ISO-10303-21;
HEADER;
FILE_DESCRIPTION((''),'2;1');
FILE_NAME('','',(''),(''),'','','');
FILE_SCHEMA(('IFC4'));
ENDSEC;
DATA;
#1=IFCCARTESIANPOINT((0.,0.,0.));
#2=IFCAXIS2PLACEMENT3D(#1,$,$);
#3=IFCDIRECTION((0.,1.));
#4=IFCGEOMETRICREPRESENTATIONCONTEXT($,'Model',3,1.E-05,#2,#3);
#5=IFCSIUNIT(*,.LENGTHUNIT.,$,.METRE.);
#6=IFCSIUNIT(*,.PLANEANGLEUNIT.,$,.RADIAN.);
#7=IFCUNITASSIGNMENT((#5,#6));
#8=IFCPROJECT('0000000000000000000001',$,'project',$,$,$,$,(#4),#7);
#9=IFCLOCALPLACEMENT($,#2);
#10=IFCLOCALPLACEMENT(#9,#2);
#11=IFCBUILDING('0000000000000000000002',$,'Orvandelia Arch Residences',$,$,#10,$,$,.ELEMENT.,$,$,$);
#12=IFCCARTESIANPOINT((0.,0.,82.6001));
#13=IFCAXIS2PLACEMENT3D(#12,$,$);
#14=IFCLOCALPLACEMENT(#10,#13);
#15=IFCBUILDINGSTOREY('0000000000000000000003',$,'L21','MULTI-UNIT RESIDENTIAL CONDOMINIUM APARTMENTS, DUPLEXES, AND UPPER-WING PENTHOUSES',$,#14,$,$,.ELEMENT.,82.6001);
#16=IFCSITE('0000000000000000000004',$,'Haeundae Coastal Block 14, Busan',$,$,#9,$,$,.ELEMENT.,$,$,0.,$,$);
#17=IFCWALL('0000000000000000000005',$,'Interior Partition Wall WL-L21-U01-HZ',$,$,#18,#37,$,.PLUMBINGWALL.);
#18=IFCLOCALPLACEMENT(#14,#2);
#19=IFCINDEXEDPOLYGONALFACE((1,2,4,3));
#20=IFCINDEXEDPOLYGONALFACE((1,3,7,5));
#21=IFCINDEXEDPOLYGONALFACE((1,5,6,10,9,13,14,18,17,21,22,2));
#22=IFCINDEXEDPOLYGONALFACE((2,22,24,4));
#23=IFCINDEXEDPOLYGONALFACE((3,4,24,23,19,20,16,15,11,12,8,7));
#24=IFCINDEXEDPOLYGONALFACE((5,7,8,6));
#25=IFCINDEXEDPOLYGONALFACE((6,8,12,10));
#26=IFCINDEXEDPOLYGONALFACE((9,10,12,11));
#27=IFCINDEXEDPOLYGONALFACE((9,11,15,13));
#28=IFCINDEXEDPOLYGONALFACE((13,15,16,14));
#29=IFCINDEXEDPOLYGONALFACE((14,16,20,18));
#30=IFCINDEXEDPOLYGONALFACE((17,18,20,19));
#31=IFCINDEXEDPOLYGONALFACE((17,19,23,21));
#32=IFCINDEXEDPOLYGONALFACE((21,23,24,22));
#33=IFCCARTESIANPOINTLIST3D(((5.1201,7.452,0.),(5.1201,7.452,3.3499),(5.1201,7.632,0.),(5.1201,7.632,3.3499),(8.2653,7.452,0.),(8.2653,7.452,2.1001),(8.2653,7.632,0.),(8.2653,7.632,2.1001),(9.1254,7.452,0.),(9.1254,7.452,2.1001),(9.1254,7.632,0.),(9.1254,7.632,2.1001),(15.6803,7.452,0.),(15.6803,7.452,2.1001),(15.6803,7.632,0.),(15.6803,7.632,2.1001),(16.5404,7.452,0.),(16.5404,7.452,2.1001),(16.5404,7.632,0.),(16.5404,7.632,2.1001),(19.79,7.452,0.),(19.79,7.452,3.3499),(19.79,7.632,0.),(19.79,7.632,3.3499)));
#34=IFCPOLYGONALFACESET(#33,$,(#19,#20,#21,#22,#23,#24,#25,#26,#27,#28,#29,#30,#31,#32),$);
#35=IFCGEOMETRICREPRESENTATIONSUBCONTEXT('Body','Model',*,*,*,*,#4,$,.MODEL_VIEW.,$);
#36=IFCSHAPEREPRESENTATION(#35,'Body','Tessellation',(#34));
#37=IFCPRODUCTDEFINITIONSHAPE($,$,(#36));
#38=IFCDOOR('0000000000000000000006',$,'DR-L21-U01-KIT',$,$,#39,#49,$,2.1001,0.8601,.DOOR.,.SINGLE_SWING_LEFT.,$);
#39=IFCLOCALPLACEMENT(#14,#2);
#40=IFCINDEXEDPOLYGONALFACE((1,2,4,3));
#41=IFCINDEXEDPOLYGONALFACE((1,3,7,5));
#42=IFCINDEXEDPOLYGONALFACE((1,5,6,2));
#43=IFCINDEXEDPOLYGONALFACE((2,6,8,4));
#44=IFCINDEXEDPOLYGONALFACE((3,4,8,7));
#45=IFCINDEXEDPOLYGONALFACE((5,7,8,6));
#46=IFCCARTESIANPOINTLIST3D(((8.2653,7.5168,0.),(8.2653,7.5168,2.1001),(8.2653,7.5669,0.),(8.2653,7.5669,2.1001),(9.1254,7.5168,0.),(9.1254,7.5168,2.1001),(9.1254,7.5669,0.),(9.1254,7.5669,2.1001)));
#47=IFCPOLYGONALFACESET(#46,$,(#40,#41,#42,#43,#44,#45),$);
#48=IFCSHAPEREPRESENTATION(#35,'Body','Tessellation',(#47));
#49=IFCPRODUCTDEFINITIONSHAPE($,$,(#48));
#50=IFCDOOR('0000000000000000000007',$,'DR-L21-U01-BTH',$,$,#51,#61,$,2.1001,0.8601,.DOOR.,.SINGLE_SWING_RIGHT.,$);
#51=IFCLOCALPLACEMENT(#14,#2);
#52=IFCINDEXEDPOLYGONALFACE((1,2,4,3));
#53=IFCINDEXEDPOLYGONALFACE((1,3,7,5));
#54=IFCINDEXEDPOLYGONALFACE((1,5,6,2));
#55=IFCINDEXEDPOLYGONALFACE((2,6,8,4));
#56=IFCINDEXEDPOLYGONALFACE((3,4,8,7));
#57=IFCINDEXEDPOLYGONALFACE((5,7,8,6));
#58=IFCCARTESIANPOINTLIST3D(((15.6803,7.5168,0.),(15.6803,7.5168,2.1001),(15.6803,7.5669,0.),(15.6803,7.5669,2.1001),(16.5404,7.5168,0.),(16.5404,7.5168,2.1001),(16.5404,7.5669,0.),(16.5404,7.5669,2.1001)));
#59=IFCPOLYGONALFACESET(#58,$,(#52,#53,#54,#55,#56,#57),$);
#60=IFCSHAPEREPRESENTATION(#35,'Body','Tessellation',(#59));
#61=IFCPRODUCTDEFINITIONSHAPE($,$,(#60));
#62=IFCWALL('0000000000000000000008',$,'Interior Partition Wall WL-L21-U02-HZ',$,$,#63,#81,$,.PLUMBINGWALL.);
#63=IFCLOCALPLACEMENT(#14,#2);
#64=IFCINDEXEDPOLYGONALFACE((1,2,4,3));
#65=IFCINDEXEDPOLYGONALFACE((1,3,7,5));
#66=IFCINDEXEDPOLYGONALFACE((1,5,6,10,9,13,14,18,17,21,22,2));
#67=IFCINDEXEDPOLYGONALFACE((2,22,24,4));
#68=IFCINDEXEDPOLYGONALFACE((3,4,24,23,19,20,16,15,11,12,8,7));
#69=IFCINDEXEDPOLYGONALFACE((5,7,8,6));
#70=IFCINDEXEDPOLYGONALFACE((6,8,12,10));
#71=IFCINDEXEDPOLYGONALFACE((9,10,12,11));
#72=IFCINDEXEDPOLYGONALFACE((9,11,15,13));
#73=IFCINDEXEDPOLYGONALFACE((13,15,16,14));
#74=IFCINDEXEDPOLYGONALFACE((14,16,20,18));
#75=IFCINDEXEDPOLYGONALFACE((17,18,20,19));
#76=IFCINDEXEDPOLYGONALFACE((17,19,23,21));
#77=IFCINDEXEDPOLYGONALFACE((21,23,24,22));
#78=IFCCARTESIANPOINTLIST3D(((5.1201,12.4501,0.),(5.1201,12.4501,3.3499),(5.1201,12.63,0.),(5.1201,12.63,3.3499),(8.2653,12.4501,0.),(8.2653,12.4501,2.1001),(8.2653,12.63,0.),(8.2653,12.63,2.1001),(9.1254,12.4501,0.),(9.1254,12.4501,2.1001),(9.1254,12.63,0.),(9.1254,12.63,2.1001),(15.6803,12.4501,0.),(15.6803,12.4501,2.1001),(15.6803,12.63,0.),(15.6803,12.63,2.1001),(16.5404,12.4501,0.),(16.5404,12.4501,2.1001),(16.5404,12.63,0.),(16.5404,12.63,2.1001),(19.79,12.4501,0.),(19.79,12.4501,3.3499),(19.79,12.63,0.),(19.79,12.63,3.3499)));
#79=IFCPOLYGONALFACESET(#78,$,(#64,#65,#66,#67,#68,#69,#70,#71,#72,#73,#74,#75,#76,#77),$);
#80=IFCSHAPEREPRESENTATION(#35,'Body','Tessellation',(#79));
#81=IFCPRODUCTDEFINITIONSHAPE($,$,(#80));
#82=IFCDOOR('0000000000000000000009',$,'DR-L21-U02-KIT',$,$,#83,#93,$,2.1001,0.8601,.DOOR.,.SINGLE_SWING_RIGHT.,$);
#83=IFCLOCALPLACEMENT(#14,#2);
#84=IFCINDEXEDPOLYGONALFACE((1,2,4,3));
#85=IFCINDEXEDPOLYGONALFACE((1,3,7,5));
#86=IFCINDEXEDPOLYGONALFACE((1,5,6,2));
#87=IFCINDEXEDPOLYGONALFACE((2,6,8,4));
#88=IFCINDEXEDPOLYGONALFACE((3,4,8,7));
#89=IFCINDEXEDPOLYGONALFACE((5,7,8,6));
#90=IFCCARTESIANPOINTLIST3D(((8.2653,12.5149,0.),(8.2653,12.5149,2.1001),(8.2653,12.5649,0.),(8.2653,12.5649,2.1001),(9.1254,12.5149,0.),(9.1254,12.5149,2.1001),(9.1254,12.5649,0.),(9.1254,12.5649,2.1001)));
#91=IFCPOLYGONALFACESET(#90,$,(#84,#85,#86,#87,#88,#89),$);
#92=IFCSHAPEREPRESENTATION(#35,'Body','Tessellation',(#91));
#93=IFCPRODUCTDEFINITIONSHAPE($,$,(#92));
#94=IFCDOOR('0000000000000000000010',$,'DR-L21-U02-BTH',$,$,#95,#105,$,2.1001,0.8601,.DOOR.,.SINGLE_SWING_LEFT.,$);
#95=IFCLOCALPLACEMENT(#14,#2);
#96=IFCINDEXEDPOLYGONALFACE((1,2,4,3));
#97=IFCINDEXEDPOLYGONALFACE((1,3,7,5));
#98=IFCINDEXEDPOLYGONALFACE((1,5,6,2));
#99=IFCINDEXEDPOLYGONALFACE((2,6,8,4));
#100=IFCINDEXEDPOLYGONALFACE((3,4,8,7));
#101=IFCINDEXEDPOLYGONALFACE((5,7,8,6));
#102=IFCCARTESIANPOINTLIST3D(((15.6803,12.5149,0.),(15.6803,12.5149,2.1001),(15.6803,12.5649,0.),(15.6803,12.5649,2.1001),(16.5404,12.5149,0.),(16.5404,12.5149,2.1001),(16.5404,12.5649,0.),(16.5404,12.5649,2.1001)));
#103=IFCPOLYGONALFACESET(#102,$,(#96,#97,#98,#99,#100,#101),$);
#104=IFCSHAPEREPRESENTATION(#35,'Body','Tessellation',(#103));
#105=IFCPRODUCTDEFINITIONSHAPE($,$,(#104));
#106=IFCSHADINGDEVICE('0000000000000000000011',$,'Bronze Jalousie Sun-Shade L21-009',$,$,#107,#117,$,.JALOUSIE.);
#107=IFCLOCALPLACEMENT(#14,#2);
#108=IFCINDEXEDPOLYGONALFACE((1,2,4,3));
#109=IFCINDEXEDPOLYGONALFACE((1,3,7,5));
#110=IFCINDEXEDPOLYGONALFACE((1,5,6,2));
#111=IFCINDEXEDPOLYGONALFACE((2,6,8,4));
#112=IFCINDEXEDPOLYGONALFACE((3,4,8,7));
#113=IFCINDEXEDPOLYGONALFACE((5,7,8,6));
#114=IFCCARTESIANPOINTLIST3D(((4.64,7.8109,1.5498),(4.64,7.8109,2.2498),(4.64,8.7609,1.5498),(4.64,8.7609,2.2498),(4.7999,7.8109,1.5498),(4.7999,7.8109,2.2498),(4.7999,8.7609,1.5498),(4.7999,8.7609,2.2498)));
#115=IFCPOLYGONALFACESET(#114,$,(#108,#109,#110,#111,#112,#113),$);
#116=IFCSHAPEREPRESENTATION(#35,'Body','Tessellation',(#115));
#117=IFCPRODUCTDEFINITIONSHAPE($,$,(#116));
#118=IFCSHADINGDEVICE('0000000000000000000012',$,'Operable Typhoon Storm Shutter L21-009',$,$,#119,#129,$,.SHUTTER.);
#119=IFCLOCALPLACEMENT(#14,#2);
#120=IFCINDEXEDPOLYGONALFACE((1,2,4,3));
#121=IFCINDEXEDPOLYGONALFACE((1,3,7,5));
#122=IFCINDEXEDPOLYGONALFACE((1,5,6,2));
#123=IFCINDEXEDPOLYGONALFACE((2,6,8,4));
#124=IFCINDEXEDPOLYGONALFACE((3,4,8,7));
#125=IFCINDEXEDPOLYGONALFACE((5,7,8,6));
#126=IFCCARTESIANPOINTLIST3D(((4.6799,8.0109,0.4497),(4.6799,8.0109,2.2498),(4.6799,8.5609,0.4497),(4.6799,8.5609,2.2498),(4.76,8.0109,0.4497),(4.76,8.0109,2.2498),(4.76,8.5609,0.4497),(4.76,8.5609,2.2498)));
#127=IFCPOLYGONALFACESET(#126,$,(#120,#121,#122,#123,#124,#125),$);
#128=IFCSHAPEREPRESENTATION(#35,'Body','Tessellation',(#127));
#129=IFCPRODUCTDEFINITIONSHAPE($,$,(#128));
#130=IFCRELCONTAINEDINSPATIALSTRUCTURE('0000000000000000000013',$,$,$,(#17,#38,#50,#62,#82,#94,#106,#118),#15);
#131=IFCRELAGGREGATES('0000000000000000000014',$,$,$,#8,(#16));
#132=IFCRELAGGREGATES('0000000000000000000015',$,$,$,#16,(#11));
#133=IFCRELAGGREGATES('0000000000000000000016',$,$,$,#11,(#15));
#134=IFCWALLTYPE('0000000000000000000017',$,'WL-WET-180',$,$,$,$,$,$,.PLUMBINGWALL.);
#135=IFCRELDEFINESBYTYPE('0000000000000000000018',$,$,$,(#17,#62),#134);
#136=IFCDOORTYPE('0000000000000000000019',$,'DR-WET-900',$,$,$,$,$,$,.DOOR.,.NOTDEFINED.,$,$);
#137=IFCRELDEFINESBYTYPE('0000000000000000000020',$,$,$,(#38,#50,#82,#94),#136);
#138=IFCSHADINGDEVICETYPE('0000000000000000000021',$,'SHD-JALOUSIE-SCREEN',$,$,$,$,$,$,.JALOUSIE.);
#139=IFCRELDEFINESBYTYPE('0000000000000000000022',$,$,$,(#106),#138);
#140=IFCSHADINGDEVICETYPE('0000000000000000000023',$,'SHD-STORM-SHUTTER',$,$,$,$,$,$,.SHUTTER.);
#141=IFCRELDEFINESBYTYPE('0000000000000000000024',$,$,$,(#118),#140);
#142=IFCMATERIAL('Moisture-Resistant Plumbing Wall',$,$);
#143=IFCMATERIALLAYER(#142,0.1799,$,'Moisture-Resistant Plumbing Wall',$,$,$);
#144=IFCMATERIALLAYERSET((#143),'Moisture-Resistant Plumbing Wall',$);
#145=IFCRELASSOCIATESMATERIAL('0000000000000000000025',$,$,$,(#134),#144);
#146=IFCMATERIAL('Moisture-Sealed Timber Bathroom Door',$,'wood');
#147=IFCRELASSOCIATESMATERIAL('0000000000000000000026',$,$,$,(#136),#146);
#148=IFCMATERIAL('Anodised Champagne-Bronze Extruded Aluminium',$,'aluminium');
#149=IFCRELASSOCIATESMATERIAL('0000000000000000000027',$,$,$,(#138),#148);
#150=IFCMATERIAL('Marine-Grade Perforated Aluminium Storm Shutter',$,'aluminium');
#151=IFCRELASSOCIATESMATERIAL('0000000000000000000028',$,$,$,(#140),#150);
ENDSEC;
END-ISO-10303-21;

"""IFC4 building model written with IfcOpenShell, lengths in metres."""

from ifc_helpers import new_model, si_unit, direction, frame, frame_2d, origin, origin_2d, place, context, subcontext, project, spatial, rectangle, extrude, material, layer, layer_set, type_object, element, fill, save


model = new_model("IFC4")

# Units and contexts
model_context = context("Model", 3, precision=1e-05, world=origin(), true_north=direction((0.0, 1.0)))
body_context = subcontext(model_context, "Body", "Model", "MODEL_VIEW")
ifc_project = project(units=[si_unit("LENGTHUNIT", "METRE"), si_unit("PLANEANGLEUNIT", "RADIAN")], contexts=[model_context])

# Site, building, storey
site_placement = place(None, origin())
site = spatial("IfcSite", under=ifc_project, at=site_placement, Name="Haeundae Coastal Block 14, Busan", CompositionType="ELEMENT", RefElevation=0.0)
building_placement = place(site_placement, origin())
building = spatial("IfcBuilding", under=site, at=building_placement, Name="Orvandelia Arch Residences", CompositionType="ELEMENT")
storey_placement = place(building_placement, frame((0.0, 0.0, 82.6001)))
storey = spatial("IfcBuildingStorey", under=building, at=storey_placement, Name="L21", Description="MULTI-UNIT RESIDENTIAL CONDOMINIUM APARTMENTS, DUPLEXES, AND UPPER-WING PENTHOUSES", CompositionType="ELEMENT", Elevation=82.6001)

# Walls, openings, doors
ifc_material_1 = material(Name="Moisture-Resistant Plumbing Wall")
ifc_layer_1 = layer(ifc_material_1, 0.1799, Name="Moisture-Resistant Plumbing Wall")
ifc_layer_set_1 = layer_set([ifc_layer_1], Name="Moisture-Resistant Plumbing Wall")
wall_type_1 = type_object("IfcWallType", Name="WL-WET-180", PredefinedType="PLUMBINGWALL", material=ifc_layer_set_1)
wall_1_placement = place(storey_placement, frame((5.1201, 7.542, 0.0), z_axis=(0.0, 0.0, 1.0), x_axis=(1.0, 0.0, 0.0)))
wall_1 = element("IfcWall", 1, at=wall_1_placement, inside=storey, type_object=wall_type_1, Name="Interior Partition Wall WL-L21-U01-HZ", PredefinedType="PLUMBINGWALL", context=body_context, shape_type="SweptSolid", body=[
    extrude(rectangle(XDim=14.6699, YDim=0.1799, at=frame_2d((7.335, 0.0))), origin(), (0.0, 0.0, 1.0), 3.3499),
])
opening_1_placement = place(wall_1_placement, frame((3.145, 0.0, 0.0)))
opening_1 = element("IfcOpeningElement", 2, at=opening_1_placement, cuts=wall_1, PredefinedType="OPENING", context=body_context, shape_type="SweptSolid", body=[
    extrude(rectangle(XDim=0.8601, YDim=2.1001, at=frame_2d((0.4302, 1.05))), frame((0.0, 0.1001, 0.0), z_axis=(0.0, -1.0, 0.0), x_axis=(1.0, 0.0, 0.0)), (0.0, 0.0, 1.0), 0.2),
])
opening_2_placement = place(wall_1_placement, frame((10.5601, 0.0, 0.0)))
opening_2 = element("IfcOpeningElement", 3, at=opening_2_placement, cuts=wall_1, PredefinedType="OPENING", context=body_context, shape_type="SweptSolid", body=[
    extrude(rectangle(XDim=0.8601, YDim=2.1001, at=frame_2d((0.4302, 1.05))), frame((0.0, 0.1001, 0.0), z_axis=(0.0, -1.0, 0.0), x_axis=(1.0, 0.0, 0.0)), (0.0, 0.0, 1.0), 0.2),
])
ifc_material_2 = material(Name="Moisture-Sealed Timber Bathroom Door", Category="wood")
door_type_1 = type_object("IfcDoorType", Name="DR-WET-900", OperationType="NOTDEFINED", PredefinedType="DOOR", material=ifc_material_2)
door_1_placement = place(opening_1_placement, origin())
door_1 = element("IfcDoor", 4, at=door_1_placement, inside=storey, type_object=door_type_1, Name="DR-L21-U01-KIT", OperationType="SINGLE_SWING_LEFT", OverallHeight=2.1001, OverallWidth=0.8601, PredefinedType="DOOR", context=body_context, shape_type="SweptSolid", body=[
    extrude(rectangle(XDim=0.8601, YDim=2.1001, at=frame_2d((0.4302, 1.05))), frame((0.0, 0.0249, 0.0), z_axis=(0.0, -1.0, 0.0), x_axis=(1.0, 0.0, 0.0)), (0.0, 0.0, 1.0), 0.05),
])
fill(opening_1, door_1)
door_2_placement = place(opening_2_placement, origin())
door_2 = element("IfcDoor", 5, at=door_2_placement, inside=storey, type_object=door_type_1, Name="DR-L21-U01-BTH", OperationType="SINGLE_SWING_RIGHT", OverallHeight=2.1001, OverallWidth=0.8601, PredefinedType="DOOR", context=body_context, shape_type="SweptSolid", body=[
    extrude(rectangle(XDim=0.8601, YDim=2.1001, at=frame_2d((0.4302, 1.05))), frame((0.0, 0.0249, 0.0), z_axis=(0.0, -1.0, 0.0), x_axis=(1.0, 0.0, 0.0)), (0.0, 0.0, 1.0), 0.05),
])
fill(opening_2, door_2)
wall_2_placement = place(storey_placement, frame((5.1201, 12.54, 0.0), z_axis=(0.0, 0.0, 1.0), x_axis=(1.0, 0.0, 0.0)))
wall_2 = element("IfcWall", 6, at=wall_2_placement, inside=storey, type_object=wall_type_1, Name="Interior Partition Wall WL-L21-U02-HZ", PredefinedType="PLUMBINGWALL", context=body_context, shape_type="SweptSolid", body=[
    extrude(rectangle(XDim=14.6699, YDim=0.1799, at=frame_2d((7.335, 0.0))), origin(), (0.0, 0.0, 1.0), 3.3499),
])
opening_3_placement = place(wall_2_placement, frame((3.145, 0.0, 0.0)))
opening_3 = element("IfcOpeningElement", 7, at=opening_3_placement, cuts=wall_2, PredefinedType="OPENING", context=body_context, shape_type="SweptSolid", body=[
    extrude(rectangle(XDim=0.8601, YDim=2.1001, at=frame_2d((0.4302, 1.05))), frame((0.0, 0.1001, 0.0), z_axis=(0.0, -1.0, 0.0), x_axis=(1.0, 0.0, 0.0)), (0.0, 0.0, 1.0), 0.2),
])
opening_4_placement = place(wall_2_placement, frame((10.5601, 0.0, 0.0)))
opening_4 = element("IfcOpeningElement", 8, at=opening_4_placement, cuts=wall_2, PredefinedType="OPENING", context=body_context, shape_type="SweptSolid", body=[
    extrude(rectangle(XDim=0.8601, YDim=2.1001, at=frame_2d((0.4302, 1.05))), frame((0.0, 0.1001, 0.0), z_axis=(0.0, -1.0, 0.0), x_axis=(1.0, 0.0, 0.0)), (0.0, 0.0, 1.0), 0.2),
])
door_3_placement = place(opening_3_placement, origin())
door_3 = element("IfcDoor", 9, at=door_3_placement, inside=storey, type_object=door_type_1, Name="DR-L21-U02-KIT", OperationType="SINGLE_SWING_RIGHT", OverallHeight=2.1001, OverallWidth=0.8601, PredefinedType="DOOR", context=body_context, shape_type="SweptSolid", body=[
    extrude(rectangle(XDim=0.8601, YDim=2.1001, at=frame_2d((0.4302, 1.05))), frame((0.0, 0.0249, 0.0), z_axis=(0.0, -1.0, 0.0), x_axis=(1.0, 0.0, 0.0)), (0.0, 0.0, 1.0), 0.05),
])
fill(opening_3, door_3)
door_4_placement = place(opening_4_placement, origin())
door_4 = element("IfcDoor", 10, at=door_4_placement, inside=storey, type_object=door_type_1, Name="DR-L21-U02-BTH", OperationType="SINGLE_SWING_LEFT", OverallHeight=2.1001, OverallWidth=0.8601, PredefinedType="DOOR", context=body_context, shape_type="SweptSolid", body=[
    extrude(rectangle(XDim=0.8601, YDim=2.1001, at=frame_2d((0.4302, 1.05))), frame((0.0, 0.0249, 0.0), z_axis=(0.0, -1.0, 0.0), x_axis=(1.0, 0.0, 0.0)), (0.0, 0.0, 1.0), 0.05),
])
fill(opening_4, door_4)

# Shading devices
ifc_material_3 = material(Name="Anodised Champagne-Bronze Extruded Aluminium", Category="aluminium")
shading_device_type_1 = type_object("IfcShadingDeviceType", Name="SHD-JALOUSIE-SCREEN", PredefinedType="JALOUSIE", material=ifc_material_3)
shading_device_1_placement = place(storey_placement, frame((4.72, 8.2859, 1.5498), z_axis=(0.0, 0.0, 1.0), x_axis=(0.0, 1.0, 0.0)))
element("IfcShadingDevice", 11, at=shading_device_1_placement, inside=storey, type_object=shading_device_type_1, Name="Bronze Jalousie Sun-Shade L21-009", PredefinedType="JALOUSIE", context=body_context, shape_type="SweptSolid", body=[
    extrude(rectangle(XDim=0.95, YDim=0.1599, at=origin_2d()), origin(), (0.0, 0.0, 1.0), 0.7),
])
ifc_material_4 = material(Name="Marine-Grade Perforated Aluminium Storm Shutter", Category="aluminium")
shading_device_type_2 = type_object("IfcShadingDeviceType", Name="SHD-STORM-SHUTTER", PredefinedType="SHUTTER", material=ifc_material_4)
shading_device_2_placement = place(storey_placement, frame((4.72, 8.2859, 0.4497), z_axis=(0.0, 0.0, 1.0), x_axis=(0.0, 1.0, 0.0)))
element("IfcShadingDevice", 12, at=shading_device_2_placement, inside=storey, type_object=shading_device_type_2, Name="Operable Typhoon Storm Shutter L21-009", PredefinedType="SHUTTER", context=body_context, shape_type="SweptSolid", body=[
    extrude(rectangle(XDim=0.55, YDim=0.0801, at=origin_2d()), origin(), (0.0, 0.0, 1.0), 1.8),
])

save(model, "model.ifc")
